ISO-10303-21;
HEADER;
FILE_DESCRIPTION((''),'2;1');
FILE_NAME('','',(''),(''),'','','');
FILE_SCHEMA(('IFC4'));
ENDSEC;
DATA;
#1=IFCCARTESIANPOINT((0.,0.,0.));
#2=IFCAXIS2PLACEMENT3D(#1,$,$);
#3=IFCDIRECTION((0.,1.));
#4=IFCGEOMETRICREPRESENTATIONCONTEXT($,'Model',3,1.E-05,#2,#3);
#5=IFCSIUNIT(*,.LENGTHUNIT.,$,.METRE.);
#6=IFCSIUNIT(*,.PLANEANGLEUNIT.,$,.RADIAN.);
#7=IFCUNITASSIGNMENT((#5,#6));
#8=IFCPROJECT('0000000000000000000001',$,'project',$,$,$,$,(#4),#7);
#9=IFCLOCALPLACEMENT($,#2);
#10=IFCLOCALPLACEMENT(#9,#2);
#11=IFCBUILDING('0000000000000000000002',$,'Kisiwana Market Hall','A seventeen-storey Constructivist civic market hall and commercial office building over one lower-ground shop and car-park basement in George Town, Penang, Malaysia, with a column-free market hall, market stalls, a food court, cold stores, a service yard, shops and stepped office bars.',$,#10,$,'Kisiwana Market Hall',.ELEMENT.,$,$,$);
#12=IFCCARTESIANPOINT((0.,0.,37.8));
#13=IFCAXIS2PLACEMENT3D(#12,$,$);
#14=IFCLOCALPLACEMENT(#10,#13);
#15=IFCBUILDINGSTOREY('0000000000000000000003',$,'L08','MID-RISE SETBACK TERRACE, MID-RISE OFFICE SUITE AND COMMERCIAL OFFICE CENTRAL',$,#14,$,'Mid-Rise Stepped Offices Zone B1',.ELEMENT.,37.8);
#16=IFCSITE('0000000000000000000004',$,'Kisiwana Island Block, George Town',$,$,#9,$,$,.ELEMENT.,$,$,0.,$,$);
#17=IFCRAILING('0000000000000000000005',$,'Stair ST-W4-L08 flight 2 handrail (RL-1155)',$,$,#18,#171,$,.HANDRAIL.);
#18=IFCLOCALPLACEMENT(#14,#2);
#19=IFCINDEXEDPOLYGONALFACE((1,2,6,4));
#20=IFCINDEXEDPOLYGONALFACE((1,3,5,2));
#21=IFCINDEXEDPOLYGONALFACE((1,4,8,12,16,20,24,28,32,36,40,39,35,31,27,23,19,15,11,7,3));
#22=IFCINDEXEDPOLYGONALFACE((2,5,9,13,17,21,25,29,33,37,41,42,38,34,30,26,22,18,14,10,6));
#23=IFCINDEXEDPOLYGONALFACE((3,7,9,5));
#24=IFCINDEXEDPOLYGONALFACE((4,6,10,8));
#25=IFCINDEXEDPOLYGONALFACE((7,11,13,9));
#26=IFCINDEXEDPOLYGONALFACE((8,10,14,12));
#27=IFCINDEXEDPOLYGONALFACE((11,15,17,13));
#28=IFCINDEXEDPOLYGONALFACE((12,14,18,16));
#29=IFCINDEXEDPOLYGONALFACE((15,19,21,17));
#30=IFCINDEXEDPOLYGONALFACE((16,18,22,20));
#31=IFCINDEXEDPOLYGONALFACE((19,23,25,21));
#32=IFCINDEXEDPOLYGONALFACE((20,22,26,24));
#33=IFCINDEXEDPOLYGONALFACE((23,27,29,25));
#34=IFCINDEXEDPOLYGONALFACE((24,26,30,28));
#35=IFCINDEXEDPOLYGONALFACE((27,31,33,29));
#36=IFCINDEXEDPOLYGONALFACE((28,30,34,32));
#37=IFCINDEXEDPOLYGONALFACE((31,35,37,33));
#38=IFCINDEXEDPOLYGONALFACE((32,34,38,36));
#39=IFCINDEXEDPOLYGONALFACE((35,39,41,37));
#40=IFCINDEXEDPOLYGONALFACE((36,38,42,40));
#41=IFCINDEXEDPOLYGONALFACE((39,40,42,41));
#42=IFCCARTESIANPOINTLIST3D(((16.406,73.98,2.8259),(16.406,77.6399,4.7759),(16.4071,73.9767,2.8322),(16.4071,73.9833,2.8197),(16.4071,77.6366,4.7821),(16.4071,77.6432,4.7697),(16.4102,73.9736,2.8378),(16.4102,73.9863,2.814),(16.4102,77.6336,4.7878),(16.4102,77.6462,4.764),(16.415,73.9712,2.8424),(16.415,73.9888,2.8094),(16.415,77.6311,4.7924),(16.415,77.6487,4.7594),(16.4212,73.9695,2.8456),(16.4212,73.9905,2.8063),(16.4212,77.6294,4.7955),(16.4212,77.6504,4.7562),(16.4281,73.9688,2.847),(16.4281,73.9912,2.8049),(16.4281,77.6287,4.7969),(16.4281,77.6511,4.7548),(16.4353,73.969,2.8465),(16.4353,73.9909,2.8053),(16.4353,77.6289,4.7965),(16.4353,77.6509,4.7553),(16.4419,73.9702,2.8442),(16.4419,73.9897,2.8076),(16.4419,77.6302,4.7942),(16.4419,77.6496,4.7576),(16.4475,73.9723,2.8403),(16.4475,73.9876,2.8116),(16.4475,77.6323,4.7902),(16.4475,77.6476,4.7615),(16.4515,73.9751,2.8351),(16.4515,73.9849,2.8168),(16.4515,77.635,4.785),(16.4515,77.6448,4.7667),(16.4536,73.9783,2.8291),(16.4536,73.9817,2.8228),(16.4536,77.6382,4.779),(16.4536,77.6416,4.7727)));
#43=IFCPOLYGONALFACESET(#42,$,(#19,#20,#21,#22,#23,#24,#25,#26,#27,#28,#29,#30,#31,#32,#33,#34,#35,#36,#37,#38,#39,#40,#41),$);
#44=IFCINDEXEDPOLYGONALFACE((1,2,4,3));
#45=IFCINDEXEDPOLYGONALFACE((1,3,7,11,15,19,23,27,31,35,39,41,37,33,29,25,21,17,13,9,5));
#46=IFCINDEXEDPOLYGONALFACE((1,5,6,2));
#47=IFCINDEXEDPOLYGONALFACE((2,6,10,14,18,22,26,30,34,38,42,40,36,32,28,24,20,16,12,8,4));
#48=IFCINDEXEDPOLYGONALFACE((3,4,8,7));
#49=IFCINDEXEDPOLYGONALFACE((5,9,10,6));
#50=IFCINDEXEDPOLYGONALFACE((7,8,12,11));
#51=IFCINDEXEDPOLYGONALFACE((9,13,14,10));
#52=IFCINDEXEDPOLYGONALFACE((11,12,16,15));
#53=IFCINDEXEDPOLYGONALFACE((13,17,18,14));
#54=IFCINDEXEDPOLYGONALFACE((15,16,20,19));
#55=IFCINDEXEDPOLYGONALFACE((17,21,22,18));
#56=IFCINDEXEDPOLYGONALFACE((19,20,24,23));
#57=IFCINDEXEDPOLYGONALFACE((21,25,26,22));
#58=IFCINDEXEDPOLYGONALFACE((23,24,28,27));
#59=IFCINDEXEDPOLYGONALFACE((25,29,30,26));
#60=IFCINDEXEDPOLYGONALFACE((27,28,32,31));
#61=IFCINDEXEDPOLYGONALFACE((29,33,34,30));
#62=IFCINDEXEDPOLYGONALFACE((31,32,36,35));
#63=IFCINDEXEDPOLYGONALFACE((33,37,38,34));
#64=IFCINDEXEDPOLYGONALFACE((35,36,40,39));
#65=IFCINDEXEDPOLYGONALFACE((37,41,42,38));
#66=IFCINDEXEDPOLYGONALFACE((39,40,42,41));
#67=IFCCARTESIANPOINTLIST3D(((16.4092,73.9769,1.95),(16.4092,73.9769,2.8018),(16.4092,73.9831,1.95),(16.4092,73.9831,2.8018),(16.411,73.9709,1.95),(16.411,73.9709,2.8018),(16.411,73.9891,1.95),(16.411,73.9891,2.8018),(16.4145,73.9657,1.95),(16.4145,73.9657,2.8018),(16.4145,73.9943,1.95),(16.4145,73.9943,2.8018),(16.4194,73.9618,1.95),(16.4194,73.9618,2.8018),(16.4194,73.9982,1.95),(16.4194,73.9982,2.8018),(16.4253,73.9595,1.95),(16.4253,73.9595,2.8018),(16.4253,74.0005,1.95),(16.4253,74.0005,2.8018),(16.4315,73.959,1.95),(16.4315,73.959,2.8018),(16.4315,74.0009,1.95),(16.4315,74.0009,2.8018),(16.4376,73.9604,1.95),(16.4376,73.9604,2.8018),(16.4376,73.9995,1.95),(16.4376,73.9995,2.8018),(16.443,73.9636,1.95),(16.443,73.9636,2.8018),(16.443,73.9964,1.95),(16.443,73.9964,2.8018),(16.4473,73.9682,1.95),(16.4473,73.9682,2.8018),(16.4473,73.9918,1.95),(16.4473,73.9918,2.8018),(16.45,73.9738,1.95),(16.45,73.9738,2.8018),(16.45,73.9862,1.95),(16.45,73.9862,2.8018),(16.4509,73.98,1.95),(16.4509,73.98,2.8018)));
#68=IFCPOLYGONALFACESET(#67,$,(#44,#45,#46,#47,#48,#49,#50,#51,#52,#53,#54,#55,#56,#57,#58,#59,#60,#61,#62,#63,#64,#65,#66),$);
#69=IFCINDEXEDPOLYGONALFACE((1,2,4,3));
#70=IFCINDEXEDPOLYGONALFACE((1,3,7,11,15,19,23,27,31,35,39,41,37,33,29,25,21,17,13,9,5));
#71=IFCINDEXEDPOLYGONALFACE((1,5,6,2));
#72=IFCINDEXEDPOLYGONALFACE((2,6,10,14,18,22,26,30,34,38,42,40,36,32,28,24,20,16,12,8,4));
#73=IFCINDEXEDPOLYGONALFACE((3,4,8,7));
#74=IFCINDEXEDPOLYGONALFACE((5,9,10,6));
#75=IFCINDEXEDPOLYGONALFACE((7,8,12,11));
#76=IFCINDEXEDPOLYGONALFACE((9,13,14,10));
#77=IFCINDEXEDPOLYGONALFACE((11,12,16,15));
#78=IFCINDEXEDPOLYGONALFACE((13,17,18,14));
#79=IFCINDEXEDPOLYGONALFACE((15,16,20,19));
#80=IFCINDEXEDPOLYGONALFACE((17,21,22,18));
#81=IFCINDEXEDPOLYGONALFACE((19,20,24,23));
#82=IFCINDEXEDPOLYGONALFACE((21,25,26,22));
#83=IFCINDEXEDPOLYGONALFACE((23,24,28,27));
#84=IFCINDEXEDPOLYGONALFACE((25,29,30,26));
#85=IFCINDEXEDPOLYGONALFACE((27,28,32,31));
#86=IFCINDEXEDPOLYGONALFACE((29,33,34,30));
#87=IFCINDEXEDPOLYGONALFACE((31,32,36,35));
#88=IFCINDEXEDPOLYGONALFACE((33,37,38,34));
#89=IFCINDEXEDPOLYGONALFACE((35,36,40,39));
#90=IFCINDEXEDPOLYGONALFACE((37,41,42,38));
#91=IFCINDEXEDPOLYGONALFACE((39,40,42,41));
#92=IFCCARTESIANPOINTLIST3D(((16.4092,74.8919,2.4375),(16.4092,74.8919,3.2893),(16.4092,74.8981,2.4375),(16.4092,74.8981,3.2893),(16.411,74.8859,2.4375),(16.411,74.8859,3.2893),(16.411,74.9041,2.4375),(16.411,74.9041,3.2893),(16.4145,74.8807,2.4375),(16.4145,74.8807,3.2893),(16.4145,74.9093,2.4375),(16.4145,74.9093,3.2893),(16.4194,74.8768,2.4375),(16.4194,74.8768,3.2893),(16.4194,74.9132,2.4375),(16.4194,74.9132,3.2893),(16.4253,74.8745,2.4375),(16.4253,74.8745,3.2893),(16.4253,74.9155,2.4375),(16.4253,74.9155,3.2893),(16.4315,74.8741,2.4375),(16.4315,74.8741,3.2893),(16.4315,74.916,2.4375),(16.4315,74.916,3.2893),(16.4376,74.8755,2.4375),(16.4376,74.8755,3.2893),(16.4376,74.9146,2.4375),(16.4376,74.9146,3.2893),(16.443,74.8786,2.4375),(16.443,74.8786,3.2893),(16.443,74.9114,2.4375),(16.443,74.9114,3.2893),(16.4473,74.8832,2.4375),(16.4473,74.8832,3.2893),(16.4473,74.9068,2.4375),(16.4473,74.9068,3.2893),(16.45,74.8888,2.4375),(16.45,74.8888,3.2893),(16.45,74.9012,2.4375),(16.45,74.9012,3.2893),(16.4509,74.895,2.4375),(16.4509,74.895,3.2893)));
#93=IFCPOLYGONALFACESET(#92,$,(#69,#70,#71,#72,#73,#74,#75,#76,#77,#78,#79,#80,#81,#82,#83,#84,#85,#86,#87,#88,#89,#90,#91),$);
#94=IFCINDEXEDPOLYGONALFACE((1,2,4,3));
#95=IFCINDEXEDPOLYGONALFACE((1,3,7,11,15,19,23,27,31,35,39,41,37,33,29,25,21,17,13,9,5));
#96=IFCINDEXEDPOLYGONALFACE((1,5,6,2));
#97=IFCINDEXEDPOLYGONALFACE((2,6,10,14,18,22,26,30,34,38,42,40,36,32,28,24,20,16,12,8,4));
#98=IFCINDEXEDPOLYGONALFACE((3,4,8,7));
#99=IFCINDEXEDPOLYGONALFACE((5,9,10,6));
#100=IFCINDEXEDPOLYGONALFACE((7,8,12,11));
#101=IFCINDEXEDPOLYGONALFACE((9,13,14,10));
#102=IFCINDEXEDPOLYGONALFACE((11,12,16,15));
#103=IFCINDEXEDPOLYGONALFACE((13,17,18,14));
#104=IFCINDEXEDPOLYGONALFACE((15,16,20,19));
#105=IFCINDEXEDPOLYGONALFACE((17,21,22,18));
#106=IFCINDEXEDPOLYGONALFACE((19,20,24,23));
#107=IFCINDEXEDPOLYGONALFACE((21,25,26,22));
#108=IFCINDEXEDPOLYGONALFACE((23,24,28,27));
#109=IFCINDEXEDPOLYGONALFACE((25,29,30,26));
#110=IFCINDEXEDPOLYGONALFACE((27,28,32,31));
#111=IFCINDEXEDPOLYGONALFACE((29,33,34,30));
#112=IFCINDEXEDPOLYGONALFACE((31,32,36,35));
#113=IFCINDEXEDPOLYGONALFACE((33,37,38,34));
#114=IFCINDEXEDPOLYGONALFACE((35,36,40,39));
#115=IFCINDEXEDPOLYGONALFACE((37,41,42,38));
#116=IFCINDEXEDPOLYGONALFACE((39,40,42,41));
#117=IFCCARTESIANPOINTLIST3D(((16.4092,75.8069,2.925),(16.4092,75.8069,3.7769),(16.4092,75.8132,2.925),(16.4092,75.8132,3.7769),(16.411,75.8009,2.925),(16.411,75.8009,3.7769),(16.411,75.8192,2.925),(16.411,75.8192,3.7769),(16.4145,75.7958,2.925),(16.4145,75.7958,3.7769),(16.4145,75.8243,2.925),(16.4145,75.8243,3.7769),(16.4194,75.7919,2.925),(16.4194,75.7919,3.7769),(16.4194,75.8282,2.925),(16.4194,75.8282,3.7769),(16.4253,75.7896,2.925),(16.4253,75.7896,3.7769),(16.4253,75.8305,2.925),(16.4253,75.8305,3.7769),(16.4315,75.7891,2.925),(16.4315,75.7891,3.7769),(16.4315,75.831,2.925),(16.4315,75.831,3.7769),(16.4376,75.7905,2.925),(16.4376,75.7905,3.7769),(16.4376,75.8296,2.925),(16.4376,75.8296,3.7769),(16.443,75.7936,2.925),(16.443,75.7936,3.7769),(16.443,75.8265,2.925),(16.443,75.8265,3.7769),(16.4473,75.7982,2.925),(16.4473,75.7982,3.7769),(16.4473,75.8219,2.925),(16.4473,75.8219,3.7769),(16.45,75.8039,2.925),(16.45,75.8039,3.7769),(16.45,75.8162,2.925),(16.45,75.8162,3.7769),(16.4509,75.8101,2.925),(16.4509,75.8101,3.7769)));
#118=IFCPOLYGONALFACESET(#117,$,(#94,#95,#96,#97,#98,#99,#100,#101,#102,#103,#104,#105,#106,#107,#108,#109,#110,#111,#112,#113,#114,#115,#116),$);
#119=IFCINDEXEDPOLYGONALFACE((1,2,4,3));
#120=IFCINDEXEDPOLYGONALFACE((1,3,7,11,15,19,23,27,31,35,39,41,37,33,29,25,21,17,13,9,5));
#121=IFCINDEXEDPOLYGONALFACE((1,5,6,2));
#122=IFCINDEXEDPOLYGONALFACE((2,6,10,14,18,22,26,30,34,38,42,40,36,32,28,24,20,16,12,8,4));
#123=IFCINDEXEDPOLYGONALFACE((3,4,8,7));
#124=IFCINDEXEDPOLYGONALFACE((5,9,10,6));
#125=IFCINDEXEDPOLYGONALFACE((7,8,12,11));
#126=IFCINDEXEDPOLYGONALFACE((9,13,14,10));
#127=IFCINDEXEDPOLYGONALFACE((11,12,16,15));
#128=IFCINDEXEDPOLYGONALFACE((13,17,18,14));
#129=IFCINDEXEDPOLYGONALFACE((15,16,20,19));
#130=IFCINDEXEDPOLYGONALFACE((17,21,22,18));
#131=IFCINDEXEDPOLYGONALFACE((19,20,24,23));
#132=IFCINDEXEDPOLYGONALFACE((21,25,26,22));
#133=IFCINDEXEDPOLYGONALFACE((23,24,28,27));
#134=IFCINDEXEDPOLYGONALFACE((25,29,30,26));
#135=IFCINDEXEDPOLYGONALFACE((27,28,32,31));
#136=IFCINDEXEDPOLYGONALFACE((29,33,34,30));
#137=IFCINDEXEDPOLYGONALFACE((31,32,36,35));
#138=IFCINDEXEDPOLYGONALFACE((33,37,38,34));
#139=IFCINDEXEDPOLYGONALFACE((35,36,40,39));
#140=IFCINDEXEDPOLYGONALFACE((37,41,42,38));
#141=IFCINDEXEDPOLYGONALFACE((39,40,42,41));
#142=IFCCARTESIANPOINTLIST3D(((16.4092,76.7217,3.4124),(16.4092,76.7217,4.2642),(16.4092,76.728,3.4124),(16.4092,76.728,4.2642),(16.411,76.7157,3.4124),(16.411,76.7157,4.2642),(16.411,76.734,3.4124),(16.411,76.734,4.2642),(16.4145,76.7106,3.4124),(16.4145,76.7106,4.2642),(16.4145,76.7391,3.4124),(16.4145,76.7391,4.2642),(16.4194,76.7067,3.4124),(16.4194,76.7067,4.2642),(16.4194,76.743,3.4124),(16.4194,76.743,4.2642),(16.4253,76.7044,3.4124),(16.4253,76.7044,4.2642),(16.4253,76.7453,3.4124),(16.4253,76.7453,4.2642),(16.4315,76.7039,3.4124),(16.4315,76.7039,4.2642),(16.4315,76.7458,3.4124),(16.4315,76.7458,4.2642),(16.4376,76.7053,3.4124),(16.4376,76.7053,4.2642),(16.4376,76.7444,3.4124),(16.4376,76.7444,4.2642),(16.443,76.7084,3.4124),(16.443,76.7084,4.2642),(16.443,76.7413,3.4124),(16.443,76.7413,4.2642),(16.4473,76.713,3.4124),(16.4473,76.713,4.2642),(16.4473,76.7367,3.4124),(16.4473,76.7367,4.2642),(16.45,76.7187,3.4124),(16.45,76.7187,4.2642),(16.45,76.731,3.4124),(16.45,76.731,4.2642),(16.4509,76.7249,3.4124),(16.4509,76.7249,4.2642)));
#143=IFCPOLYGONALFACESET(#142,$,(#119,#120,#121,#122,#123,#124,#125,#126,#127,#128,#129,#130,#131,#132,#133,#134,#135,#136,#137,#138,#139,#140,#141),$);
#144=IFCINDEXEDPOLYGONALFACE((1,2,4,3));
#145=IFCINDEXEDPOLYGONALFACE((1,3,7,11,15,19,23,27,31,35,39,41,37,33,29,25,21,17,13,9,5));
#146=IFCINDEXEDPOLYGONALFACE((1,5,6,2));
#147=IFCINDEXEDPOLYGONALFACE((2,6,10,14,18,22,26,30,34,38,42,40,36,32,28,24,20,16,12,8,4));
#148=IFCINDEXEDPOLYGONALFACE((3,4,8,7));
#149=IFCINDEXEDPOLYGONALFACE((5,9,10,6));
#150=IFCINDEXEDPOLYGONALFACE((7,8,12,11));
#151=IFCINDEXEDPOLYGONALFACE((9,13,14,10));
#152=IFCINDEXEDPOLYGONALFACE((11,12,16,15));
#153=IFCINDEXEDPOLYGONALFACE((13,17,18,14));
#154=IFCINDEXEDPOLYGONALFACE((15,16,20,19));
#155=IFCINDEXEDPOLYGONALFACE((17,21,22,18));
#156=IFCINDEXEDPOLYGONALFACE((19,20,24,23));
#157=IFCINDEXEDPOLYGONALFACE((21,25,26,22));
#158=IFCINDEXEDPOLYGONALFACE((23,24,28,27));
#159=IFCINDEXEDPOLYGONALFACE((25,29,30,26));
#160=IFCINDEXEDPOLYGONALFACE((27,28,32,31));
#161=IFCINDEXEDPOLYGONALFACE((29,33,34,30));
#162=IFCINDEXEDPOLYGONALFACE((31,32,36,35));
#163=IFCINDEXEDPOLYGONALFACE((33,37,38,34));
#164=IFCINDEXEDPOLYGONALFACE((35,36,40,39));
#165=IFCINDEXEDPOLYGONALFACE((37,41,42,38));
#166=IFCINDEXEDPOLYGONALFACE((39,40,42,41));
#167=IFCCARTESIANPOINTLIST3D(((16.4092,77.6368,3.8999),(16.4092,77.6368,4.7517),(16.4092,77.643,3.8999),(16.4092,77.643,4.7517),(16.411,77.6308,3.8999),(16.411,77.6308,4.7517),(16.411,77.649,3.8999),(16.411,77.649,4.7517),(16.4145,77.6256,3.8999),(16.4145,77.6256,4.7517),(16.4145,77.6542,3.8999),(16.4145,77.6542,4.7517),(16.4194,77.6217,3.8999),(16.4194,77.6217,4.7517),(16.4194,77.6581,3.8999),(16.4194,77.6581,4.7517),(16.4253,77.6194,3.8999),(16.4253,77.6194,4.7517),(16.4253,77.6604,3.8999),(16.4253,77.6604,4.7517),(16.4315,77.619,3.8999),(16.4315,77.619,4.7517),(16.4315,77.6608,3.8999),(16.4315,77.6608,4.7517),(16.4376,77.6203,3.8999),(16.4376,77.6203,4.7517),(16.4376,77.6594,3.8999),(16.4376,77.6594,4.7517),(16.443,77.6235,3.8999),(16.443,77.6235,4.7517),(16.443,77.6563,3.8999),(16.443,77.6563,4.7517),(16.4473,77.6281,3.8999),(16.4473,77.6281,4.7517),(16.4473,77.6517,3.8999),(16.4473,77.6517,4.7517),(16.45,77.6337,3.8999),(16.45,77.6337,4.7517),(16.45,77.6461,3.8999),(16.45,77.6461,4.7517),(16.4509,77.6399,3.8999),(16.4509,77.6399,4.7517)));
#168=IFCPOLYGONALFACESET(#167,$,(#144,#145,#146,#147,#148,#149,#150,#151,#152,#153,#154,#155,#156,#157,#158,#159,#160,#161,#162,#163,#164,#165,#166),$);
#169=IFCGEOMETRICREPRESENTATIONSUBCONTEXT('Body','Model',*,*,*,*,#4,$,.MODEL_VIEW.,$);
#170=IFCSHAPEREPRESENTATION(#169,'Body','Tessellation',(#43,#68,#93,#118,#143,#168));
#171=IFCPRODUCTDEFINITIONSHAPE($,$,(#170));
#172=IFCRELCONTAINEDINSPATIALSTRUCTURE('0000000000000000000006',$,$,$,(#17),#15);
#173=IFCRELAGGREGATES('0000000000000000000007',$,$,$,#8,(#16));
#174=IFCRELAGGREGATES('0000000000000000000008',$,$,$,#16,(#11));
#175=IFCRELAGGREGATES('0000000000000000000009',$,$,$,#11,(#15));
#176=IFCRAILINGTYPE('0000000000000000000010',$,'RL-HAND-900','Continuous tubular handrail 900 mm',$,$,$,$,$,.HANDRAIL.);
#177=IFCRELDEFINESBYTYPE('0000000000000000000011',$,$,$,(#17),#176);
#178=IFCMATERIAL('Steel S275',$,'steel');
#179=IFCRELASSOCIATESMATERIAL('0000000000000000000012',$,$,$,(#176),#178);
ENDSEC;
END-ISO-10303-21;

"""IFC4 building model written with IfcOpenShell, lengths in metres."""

from ifc_helpers import new_model, si_unit, direction, frame, origin, origin_2d, place, context, subcontext, project, spatial, circle, extrude, material, type_object, element, save


model = new_model("IFC4")

# Units and contexts
model_context = context("Model", 3, precision=1e-05, world=origin(), true_north=direction((0.0, 1.0)))
body_context = subcontext(model_context, "Body", "Model", "MODEL_VIEW")
ifc_project = project(units=[si_unit("LENGTHUNIT", "METRE"), si_unit("PLANEANGLEUNIT", "RADIAN")], contexts=[model_context])

# Site, building, storey
site_placement = place(None, origin())
site = spatial("IfcSite", under=ifc_project, at=site_placement, Name="Kisiwana Island Block, George Town", CompositionType="ELEMENT", RefElevation=0.0)
building_placement = place(site_placement, origin())
building = spatial("IfcBuilding", under=site, at=building_placement, Name="Kisiwana Market Hall", Description="A seventeen-storey Constructivist civic market hall and commercial office building over one lower-ground shop and car-park basement in George Town, Penang, Malaysia, with a column-free market hall, market stalls, a food court, cold stores, a service yard, shops and stepped office bars.", LongName="Kisiwana Market Hall", CompositionType="ELEMENT")
storey_placement = place(building_placement, frame((0.0, 0.0, 37.8)))
storey = spatial("IfcBuildingStorey", under=building, at=storey_placement, Name="L08", Description="MID-RISE SETBACK TERRACE, MID-RISE OFFICE SUITE AND COMMERCIAL OFFICE CENTRAL", LongName="Mid-Rise Stepped Offices Zone B1", CompositionType="ELEMENT", Elevation=37.8)

# Railing
ifc_material_1 = material(Name="Steel S275", Category="steel")
railing_type_1 = type_object("IfcRailingType", Name="RL-HAND-900", Description="Continuous tubular handrail 900 mm", PredefinedType="HANDRAIL", material=ifc_material_1)
railing_1_placement = place(storey_placement, frame((16.4299, 73.98, 1.95)))
element("IfcRailing", 1, at=railing_1_placement, inside=storey, type_object=railing_type_1, Name="Stair ST-W4-L08 flight 2 handrail (RL-1155)", PredefinedType="HANDRAIL", context=body_context, shape_type="SweptSolid", body=[
    extrude(circle(Radius=0.0239, at=origin_2d()), frame((0.0, 0.0, 0.876), z_axis=(0.0, 0.882553, 0.470212), x_axis=(-1.0, 0.0, 0.0)), (0.0, 0.0, 1.0), 4.147),
    extrude(circle(Radius=0.021, at=origin_2d()), origin(), (0.0, 0.0, 1.0), 0.8518),
    extrude(circle(Radius=0.021, at=origin_2d()), frame((0.0, 0.915, 0.4875)), (0.0, 0.0, 1.0), 0.8518),
    extrude(circle(Radius=0.021, at=origin_2d()), frame((0.0, 1.8301, 0.9751)), (0.0, 0.0, 1.0), 0.8518),
    extrude(circle(Radius=0.021, at=origin_2d()), frame((0.0, 2.7449, 1.4624)), (0.0, 0.0, 1.0), 0.8518),
    extrude(circle(Radius=0.021, at=origin_2d()), frame((0.0, 3.6599, 1.95)), (0.0, 0.0, 1.0), 0.8518),
])

save(model, "model.ifc")
